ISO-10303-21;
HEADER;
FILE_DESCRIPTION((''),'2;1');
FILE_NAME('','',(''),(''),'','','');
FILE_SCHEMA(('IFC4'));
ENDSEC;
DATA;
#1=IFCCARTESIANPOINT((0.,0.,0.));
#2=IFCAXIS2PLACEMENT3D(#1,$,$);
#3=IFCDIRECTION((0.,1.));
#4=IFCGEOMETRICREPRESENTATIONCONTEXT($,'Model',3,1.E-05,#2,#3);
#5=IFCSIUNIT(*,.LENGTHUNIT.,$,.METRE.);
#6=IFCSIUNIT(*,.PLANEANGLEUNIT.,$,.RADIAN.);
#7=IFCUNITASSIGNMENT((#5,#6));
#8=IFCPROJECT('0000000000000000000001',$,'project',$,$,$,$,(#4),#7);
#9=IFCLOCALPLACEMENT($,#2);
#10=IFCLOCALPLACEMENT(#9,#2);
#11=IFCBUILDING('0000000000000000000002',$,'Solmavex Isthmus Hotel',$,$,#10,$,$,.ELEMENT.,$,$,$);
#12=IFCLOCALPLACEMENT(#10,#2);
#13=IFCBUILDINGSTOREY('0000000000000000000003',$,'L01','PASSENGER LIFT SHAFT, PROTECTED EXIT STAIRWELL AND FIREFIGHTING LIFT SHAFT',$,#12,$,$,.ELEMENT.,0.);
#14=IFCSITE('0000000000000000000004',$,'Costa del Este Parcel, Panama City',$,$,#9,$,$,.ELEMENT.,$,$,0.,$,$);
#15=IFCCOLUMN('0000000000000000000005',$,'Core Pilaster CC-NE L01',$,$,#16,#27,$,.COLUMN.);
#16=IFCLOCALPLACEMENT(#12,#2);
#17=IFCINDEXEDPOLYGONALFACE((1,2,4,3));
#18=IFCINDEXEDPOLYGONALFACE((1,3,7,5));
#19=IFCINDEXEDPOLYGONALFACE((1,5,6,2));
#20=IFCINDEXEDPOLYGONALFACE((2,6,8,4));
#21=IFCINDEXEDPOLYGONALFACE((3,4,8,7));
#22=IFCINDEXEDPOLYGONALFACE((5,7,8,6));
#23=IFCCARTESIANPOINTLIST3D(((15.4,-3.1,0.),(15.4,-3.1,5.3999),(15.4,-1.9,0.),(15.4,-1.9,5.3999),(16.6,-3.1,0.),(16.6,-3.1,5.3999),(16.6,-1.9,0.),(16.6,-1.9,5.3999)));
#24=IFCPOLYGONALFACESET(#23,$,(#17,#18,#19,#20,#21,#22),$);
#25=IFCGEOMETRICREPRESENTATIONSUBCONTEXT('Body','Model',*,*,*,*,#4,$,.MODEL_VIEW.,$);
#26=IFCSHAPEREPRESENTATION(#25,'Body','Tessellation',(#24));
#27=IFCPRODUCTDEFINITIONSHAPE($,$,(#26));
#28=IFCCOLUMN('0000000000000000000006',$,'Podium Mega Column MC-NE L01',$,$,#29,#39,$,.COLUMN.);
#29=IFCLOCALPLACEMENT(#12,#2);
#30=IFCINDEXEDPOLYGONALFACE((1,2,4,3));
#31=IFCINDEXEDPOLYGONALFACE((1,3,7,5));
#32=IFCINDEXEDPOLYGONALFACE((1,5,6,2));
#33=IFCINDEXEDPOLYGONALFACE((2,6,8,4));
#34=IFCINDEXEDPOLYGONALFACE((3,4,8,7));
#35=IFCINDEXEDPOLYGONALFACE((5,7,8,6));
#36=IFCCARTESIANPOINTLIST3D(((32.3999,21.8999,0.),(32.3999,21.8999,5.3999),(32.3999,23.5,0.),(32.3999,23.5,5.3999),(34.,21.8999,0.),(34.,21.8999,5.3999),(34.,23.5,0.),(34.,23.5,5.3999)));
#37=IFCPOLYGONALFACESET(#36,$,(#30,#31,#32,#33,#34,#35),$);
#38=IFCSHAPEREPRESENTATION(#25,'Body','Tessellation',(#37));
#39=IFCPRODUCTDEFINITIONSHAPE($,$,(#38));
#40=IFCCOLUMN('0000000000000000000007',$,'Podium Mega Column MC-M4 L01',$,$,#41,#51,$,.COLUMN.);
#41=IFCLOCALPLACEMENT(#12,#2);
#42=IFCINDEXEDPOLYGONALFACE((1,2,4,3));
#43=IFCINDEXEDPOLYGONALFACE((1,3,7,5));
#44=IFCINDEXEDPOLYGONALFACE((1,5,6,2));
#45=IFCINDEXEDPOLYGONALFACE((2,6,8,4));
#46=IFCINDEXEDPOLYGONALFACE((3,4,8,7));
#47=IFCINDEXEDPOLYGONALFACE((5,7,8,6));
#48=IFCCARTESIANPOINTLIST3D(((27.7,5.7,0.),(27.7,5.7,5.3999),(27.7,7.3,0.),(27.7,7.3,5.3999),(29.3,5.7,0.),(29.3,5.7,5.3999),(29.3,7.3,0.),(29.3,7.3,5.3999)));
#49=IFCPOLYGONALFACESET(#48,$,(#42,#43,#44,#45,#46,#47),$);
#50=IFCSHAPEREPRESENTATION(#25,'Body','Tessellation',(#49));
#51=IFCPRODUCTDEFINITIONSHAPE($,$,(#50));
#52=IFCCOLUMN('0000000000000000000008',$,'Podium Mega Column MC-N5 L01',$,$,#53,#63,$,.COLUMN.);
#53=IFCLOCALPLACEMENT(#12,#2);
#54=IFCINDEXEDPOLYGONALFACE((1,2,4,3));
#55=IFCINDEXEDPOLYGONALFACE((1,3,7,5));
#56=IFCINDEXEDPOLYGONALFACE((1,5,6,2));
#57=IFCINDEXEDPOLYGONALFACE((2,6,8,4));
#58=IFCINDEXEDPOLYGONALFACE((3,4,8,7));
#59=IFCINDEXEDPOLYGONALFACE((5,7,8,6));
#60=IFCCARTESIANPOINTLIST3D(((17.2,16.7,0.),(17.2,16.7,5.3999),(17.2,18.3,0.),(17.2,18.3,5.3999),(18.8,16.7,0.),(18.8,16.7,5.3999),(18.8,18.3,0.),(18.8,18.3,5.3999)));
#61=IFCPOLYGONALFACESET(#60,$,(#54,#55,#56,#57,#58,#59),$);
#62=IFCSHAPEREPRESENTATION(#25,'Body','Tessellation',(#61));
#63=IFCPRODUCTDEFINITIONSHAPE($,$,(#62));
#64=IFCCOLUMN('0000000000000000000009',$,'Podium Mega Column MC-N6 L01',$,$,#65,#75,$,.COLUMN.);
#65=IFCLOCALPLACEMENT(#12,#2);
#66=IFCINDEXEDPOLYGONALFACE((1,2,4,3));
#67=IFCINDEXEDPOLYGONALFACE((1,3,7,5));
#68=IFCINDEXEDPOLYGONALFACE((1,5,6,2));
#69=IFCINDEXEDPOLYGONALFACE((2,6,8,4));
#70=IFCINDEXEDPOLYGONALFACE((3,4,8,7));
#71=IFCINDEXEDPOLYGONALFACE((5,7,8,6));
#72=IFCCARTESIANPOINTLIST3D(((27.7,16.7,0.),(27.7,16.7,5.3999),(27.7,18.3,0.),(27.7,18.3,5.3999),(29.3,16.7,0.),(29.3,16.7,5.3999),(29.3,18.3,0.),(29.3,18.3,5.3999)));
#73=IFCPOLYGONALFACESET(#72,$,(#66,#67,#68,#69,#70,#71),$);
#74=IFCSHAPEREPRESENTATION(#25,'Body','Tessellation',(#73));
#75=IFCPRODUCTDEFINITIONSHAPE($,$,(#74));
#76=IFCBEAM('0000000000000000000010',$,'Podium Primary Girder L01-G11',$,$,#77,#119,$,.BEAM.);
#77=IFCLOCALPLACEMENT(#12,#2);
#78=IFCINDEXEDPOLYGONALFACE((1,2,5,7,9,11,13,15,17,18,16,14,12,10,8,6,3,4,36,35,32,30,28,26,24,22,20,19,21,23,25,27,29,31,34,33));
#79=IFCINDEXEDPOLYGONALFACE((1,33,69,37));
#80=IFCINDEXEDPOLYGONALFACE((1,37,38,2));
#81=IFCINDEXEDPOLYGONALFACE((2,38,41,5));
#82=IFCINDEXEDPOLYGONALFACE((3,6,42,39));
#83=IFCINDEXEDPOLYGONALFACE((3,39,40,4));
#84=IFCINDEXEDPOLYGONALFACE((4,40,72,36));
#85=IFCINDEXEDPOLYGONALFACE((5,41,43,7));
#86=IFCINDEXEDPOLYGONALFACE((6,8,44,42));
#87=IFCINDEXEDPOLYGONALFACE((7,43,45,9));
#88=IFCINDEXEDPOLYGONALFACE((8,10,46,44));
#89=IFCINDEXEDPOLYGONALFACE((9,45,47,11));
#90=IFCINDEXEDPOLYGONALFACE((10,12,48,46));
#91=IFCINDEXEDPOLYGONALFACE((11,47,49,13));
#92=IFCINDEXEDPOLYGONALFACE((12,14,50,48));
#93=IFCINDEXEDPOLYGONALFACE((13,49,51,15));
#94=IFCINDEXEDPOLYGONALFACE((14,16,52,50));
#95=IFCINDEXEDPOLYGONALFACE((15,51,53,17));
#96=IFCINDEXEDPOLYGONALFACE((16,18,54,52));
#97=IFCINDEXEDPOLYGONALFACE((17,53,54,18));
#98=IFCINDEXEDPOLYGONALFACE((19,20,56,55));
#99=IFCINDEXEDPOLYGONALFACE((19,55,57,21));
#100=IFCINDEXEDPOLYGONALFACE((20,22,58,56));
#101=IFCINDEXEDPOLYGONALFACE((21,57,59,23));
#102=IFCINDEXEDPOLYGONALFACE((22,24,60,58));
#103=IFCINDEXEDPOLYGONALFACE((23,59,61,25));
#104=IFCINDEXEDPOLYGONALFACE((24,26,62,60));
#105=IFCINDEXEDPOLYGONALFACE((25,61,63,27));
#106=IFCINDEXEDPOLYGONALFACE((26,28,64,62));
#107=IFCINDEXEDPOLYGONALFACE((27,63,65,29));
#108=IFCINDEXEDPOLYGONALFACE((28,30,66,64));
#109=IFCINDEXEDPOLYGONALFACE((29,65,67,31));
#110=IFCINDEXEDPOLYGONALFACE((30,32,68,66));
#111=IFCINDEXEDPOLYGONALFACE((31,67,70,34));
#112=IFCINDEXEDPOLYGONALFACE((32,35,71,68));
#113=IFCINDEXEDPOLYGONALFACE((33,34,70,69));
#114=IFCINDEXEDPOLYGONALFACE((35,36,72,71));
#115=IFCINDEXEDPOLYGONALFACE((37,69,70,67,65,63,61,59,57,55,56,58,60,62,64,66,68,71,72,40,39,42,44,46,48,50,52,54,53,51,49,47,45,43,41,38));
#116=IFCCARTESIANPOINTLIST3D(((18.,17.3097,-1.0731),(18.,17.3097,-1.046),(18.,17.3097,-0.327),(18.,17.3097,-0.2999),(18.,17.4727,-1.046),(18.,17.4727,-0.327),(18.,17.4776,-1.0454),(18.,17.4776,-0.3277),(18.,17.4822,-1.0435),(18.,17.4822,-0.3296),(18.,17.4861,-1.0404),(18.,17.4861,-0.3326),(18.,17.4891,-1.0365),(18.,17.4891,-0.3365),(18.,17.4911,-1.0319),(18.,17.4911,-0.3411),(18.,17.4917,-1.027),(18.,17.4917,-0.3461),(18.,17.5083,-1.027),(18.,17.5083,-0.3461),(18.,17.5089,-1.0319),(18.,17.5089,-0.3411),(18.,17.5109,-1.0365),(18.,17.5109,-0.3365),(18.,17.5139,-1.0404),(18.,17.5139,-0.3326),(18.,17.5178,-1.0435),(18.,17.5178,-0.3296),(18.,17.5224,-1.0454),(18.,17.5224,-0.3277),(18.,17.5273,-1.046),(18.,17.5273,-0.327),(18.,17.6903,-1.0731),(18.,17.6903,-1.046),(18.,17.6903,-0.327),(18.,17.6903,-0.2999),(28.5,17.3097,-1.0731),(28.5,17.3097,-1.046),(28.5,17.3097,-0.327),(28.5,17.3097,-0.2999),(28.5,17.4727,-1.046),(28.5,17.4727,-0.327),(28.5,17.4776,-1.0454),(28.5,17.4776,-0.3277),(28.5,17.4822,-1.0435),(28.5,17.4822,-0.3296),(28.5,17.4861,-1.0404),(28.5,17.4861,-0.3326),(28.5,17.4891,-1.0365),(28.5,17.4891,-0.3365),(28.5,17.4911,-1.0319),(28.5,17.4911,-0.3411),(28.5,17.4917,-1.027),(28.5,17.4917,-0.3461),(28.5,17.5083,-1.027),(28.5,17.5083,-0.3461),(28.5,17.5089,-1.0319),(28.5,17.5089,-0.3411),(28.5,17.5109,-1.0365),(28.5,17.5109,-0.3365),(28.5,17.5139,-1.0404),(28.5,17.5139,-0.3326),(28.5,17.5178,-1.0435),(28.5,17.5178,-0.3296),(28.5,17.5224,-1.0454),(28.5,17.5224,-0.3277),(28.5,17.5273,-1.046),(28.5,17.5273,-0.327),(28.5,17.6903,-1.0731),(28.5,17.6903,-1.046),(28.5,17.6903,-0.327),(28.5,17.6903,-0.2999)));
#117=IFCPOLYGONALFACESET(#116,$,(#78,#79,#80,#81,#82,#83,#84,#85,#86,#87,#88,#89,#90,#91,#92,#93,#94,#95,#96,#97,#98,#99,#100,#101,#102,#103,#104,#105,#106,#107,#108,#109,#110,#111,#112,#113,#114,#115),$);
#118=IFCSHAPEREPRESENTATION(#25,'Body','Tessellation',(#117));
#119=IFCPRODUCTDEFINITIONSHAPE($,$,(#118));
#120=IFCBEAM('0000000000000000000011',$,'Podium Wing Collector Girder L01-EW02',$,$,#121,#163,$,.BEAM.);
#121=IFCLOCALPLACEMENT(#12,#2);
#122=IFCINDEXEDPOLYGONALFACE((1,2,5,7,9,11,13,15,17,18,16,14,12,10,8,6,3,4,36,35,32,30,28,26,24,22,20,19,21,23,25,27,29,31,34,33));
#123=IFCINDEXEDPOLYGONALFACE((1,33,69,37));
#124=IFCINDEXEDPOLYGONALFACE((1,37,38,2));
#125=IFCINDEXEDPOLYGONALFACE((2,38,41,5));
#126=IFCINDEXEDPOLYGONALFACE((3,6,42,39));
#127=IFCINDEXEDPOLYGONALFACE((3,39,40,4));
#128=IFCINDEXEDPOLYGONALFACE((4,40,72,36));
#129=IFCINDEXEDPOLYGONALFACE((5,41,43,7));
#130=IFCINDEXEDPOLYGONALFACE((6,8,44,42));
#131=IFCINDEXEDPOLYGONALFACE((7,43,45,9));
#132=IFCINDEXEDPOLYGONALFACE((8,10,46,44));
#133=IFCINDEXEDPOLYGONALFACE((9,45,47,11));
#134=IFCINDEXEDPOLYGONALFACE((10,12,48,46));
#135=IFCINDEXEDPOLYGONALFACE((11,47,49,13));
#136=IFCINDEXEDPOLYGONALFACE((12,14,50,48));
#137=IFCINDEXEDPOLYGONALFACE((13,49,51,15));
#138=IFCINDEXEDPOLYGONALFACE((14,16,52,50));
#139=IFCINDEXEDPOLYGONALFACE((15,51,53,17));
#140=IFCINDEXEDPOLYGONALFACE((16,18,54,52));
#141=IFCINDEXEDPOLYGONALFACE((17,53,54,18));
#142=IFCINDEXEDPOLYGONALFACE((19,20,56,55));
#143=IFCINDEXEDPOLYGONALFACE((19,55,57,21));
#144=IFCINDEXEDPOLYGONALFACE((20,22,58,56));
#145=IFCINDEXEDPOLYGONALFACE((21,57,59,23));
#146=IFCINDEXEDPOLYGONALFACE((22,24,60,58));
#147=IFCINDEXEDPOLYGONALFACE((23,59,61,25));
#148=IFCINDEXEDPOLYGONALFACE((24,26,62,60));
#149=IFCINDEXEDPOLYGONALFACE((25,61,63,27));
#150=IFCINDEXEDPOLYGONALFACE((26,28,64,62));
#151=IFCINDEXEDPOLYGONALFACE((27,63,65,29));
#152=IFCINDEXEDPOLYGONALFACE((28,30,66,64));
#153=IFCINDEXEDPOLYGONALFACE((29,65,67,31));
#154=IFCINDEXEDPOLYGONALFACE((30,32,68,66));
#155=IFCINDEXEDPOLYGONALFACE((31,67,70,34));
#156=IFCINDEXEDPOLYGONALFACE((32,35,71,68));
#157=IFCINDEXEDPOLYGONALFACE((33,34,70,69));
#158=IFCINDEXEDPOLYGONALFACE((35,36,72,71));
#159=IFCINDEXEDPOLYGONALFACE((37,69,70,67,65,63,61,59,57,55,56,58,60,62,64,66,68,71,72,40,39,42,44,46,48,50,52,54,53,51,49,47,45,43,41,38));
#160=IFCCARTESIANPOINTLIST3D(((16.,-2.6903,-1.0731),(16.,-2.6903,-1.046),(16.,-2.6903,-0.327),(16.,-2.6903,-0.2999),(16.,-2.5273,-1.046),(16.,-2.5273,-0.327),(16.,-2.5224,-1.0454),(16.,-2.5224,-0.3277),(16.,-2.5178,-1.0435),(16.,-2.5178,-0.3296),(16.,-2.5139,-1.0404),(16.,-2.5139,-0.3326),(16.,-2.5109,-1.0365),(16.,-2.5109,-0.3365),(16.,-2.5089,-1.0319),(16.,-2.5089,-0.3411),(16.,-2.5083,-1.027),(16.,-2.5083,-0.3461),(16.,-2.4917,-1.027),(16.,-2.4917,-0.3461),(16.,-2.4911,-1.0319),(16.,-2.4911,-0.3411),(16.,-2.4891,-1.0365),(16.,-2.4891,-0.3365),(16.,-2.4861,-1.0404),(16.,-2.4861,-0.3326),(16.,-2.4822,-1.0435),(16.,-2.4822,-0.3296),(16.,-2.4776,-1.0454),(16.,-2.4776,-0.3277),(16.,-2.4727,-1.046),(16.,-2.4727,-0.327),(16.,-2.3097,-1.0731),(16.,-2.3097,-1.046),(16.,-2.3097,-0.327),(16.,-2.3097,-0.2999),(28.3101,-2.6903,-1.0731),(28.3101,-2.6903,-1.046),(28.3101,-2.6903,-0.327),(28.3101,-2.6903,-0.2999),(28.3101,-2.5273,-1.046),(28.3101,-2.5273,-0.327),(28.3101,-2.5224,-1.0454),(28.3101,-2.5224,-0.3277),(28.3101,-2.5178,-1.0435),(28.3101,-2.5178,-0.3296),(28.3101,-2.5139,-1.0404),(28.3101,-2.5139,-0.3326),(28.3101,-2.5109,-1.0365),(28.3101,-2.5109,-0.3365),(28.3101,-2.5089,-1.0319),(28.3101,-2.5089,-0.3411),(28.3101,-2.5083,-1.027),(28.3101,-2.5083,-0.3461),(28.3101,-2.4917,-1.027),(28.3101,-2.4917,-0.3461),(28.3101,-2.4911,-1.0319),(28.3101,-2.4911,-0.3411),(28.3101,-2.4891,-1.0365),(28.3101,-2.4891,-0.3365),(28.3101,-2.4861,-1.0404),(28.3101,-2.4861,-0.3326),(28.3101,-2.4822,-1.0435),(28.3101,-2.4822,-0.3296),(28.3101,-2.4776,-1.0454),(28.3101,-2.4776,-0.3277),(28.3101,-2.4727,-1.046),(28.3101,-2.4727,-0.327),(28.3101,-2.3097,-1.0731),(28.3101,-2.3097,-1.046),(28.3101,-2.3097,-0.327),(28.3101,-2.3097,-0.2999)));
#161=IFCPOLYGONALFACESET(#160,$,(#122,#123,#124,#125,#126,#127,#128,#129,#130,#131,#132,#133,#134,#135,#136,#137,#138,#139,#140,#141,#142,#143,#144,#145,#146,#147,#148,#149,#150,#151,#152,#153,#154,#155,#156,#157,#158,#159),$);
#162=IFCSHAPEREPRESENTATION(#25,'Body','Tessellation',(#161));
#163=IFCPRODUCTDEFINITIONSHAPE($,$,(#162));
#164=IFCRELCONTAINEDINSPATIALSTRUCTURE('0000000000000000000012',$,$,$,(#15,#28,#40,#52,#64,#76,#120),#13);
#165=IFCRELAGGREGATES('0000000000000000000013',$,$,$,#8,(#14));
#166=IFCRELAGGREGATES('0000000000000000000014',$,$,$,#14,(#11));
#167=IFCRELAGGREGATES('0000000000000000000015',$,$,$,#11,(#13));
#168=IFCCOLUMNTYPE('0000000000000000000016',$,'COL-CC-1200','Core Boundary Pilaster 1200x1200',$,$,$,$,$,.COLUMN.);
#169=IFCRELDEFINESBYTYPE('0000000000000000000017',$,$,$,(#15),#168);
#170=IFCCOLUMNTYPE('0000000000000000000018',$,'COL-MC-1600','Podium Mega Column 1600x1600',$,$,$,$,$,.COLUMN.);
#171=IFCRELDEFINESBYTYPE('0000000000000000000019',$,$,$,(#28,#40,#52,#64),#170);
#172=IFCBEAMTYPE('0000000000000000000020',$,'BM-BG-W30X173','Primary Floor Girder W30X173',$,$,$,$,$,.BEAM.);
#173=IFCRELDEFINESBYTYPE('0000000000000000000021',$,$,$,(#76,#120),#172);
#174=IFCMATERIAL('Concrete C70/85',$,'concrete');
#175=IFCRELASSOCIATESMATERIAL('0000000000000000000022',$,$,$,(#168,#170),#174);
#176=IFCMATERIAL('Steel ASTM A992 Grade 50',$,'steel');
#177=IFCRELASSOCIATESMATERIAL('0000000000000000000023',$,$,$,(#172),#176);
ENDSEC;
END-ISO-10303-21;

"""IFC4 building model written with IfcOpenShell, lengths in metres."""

from ifc_helpers import new_model, si_unit, direction, frame, origin, origin_2d, place, context, subcontext, project, spatial, rectangle, i_section, extrude, material, material_profile, profile_set, type_object, element, save


model = new_model("IFC4")

# Units and contexts
model_context = context("Model", 3, precision=1e-05, world=origin(), true_north=direction((0.0, 1.0)))
body_context = subcontext(model_context, "Body", "Model", "MODEL_VIEW")
ifc_project = project(units=[si_unit("LENGTHUNIT", "METRE"), si_unit("PLANEANGLEUNIT", "RADIAN")], contexts=[model_context])

# Site, building, storey
site_placement = place(None, origin())
site = spatial("IfcSite", under=ifc_project, at=site_placement, Name="Costa del Este Parcel, Panama City", CompositionType="ELEMENT", RefElevation=0.0)
building_placement = place(site_placement, origin())
building = spatial("IfcBuilding", under=site, at=building_placement, Name="Solmavex Isthmus Hotel", CompositionType="ELEMENT")
storey_placement = place(building_placement, origin())
storey = spatial("IfcBuildingStorey", under=building, at=storey_placement, Name="L01", Description="PASSENGER LIFT SHAFT, PROTECTED EXIT STAIRWELL AND FIREFIGHTING LIFT SHAFT", CompositionType="ELEMENT", Elevation=0.0)

# Columns
ifc_material_1 = material(Name="Concrete C70/85", Category="concrete")
ifc_material_profile_1 = material_profile(ifc_material_1, rectangle(XDim=1.2, YDim=1.2, at=origin_2d()), Name="RC1200X1200")
ifc_profile_set_1 = profile_set([ifc_material_profile_1], Name="Concrete C70/85")
column_type_1 = type_object("IfcColumnType", Name="COL-CC-1200", Description="Core Boundary Pilaster 1200x1200", PredefinedType="COLUMN", material=ifc_profile_set_1)
column_placement = place(storey_placement, frame((16.0, -2.5, 0.0), z_axis=(0.0, 0.0, 1.0), x_axis=(1.0, 0.0, 0.0)))
element("IfcColumn", 1, at=column_placement, inside=storey, type_object=column_type_1, Name="Core Pilaster CC-NE L01", PredefinedType="COLUMN", context=body_context, shape_type="SweptSolid", body=[
    extrude(rectangle(XDim=1.2, YDim=1.2, at=origin_2d()), origin(), (0.0, 0.0, 1.0), 5.3999),
])
ifc_material_profile_2 = material_profile(ifc_material_1, rectangle(XDim=1.6001, YDim=1.6001, at=origin_2d()), Name="RC1600X1600")
ifc_profile_set_2 = profile_set([ifc_material_profile_2], Name="Concrete C70/85")
column_type_2 = type_object("IfcColumnType", Name="COL-MC-1600", Description="Podium Mega Column 1600x1600", PredefinedType="COLUMN", material=ifc_profile_set_2)
for number, where, z_axis, x_axis, name in (
    (2, (33.2, 22.7, 0.0), (0.0, 0.0, 1.0), (1.0, 0.0, 0.0), "Podium Mega Column MC-NE L01"),
    (3, (28.5, 6.5, 0.0), (0.0, 0.0, 1.0), (1.0, 0.0, 0.0), "Podium Mega Column MC-M4 L01"),
    (4, (18.0, 17.5, 0.0), (0.0, 0.0, 1.0), (1.0, 0.0, 0.0), "Podium Mega Column MC-N5 L01"),
    (5, (28.5, 17.5, 0.0), (0.0, 0.0, 1.0), (1.0, 0.0, 0.0), "Podium Mega Column MC-N6 L01"),
):
    element("IfcColumn", number, at=place(storey_placement, frame(where, z_axis=z_axis, x_axis=x_axis)), inside=storey, type_object=column_type_2, Name=name, PredefinedType="COLUMN", context=body_context, shape_type="SweptSolid", body=[
        extrude(rectangle(XDim=1.6001, YDim=1.6001, at=origin_2d()), origin(), (0.0, 0.0, 1.0), 5.3999),
    ])

# Beams
ifc_material_2 = material(Name="Steel ASTM A992 Grade 50", Category="steel")
ifc_material_profile_3 = material_profile(ifc_material_2, i_section(OverallWidth=0.3806, OverallDepth=0.7732, WebThickness=0.0166, FlangeThickness=0.0271, FilletRadius=0.019, at=origin_2d()), Name="W30X173")
ifc_profile_set_3 = profile_set([ifc_material_profile_3], Name="Steel ASTM A992 Grade 50")
beam_type_1 = type_object("IfcBeamType", Name="BM-BG-W30X173", Description="Primary Floor Girder W30X173", PredefinedType="BEAM", material=ifc_profile_set_3)
beam_1_placement = place(storey_placement, frame((18.0, 17.5, -0.6865), z_axis=(1.0, 0.0, 0.0), x_axis=(0.0, 1.0, 0.0)))
element("IfcBeam", 6, at=beam_1_placement, inside=storey, type_object=beam_type_1, Name="Podium Primary Girder L01-G11", PredefinedType="BEAM", context=body_context, shape_type="SweptSolid", body=[
    extrude(i_section(OverallWidth=0.3806, OverallDepth=0.7732, WebThickness=0.0166, FlangeThickness=0.0271, FilletRadius=0.019, at=origin_2d()), origin(), (0.0, 0.0, 1.0), 10.5),
])
beam_2_placement = place(storey_placement, frame((16.0, -2.5, -0.6865), z_axis=(1.0, 0.0, 0.0), x_axis=(0.0, 1.0, 0.0)))
element("IfcBeam", 7, at=beam_2_placement, inside=storey, type_object=beam_type_1, Name="Podium Wing Collector Girder L01-EW02", PredefinedType="BEAM", context=body_context, shape_type="SweptSolid", body=[
    extrude(i_section(OverallWidth=0.3806, OverallDepth=0.7732, WebThickness=0.0166, FlangeThickness=0.0271, FilletRadius=0.019, at=origin_2d()), origin(), (0.0, 0.0, 1.0), 12.3101),
])

save(model, "model.ifc")
